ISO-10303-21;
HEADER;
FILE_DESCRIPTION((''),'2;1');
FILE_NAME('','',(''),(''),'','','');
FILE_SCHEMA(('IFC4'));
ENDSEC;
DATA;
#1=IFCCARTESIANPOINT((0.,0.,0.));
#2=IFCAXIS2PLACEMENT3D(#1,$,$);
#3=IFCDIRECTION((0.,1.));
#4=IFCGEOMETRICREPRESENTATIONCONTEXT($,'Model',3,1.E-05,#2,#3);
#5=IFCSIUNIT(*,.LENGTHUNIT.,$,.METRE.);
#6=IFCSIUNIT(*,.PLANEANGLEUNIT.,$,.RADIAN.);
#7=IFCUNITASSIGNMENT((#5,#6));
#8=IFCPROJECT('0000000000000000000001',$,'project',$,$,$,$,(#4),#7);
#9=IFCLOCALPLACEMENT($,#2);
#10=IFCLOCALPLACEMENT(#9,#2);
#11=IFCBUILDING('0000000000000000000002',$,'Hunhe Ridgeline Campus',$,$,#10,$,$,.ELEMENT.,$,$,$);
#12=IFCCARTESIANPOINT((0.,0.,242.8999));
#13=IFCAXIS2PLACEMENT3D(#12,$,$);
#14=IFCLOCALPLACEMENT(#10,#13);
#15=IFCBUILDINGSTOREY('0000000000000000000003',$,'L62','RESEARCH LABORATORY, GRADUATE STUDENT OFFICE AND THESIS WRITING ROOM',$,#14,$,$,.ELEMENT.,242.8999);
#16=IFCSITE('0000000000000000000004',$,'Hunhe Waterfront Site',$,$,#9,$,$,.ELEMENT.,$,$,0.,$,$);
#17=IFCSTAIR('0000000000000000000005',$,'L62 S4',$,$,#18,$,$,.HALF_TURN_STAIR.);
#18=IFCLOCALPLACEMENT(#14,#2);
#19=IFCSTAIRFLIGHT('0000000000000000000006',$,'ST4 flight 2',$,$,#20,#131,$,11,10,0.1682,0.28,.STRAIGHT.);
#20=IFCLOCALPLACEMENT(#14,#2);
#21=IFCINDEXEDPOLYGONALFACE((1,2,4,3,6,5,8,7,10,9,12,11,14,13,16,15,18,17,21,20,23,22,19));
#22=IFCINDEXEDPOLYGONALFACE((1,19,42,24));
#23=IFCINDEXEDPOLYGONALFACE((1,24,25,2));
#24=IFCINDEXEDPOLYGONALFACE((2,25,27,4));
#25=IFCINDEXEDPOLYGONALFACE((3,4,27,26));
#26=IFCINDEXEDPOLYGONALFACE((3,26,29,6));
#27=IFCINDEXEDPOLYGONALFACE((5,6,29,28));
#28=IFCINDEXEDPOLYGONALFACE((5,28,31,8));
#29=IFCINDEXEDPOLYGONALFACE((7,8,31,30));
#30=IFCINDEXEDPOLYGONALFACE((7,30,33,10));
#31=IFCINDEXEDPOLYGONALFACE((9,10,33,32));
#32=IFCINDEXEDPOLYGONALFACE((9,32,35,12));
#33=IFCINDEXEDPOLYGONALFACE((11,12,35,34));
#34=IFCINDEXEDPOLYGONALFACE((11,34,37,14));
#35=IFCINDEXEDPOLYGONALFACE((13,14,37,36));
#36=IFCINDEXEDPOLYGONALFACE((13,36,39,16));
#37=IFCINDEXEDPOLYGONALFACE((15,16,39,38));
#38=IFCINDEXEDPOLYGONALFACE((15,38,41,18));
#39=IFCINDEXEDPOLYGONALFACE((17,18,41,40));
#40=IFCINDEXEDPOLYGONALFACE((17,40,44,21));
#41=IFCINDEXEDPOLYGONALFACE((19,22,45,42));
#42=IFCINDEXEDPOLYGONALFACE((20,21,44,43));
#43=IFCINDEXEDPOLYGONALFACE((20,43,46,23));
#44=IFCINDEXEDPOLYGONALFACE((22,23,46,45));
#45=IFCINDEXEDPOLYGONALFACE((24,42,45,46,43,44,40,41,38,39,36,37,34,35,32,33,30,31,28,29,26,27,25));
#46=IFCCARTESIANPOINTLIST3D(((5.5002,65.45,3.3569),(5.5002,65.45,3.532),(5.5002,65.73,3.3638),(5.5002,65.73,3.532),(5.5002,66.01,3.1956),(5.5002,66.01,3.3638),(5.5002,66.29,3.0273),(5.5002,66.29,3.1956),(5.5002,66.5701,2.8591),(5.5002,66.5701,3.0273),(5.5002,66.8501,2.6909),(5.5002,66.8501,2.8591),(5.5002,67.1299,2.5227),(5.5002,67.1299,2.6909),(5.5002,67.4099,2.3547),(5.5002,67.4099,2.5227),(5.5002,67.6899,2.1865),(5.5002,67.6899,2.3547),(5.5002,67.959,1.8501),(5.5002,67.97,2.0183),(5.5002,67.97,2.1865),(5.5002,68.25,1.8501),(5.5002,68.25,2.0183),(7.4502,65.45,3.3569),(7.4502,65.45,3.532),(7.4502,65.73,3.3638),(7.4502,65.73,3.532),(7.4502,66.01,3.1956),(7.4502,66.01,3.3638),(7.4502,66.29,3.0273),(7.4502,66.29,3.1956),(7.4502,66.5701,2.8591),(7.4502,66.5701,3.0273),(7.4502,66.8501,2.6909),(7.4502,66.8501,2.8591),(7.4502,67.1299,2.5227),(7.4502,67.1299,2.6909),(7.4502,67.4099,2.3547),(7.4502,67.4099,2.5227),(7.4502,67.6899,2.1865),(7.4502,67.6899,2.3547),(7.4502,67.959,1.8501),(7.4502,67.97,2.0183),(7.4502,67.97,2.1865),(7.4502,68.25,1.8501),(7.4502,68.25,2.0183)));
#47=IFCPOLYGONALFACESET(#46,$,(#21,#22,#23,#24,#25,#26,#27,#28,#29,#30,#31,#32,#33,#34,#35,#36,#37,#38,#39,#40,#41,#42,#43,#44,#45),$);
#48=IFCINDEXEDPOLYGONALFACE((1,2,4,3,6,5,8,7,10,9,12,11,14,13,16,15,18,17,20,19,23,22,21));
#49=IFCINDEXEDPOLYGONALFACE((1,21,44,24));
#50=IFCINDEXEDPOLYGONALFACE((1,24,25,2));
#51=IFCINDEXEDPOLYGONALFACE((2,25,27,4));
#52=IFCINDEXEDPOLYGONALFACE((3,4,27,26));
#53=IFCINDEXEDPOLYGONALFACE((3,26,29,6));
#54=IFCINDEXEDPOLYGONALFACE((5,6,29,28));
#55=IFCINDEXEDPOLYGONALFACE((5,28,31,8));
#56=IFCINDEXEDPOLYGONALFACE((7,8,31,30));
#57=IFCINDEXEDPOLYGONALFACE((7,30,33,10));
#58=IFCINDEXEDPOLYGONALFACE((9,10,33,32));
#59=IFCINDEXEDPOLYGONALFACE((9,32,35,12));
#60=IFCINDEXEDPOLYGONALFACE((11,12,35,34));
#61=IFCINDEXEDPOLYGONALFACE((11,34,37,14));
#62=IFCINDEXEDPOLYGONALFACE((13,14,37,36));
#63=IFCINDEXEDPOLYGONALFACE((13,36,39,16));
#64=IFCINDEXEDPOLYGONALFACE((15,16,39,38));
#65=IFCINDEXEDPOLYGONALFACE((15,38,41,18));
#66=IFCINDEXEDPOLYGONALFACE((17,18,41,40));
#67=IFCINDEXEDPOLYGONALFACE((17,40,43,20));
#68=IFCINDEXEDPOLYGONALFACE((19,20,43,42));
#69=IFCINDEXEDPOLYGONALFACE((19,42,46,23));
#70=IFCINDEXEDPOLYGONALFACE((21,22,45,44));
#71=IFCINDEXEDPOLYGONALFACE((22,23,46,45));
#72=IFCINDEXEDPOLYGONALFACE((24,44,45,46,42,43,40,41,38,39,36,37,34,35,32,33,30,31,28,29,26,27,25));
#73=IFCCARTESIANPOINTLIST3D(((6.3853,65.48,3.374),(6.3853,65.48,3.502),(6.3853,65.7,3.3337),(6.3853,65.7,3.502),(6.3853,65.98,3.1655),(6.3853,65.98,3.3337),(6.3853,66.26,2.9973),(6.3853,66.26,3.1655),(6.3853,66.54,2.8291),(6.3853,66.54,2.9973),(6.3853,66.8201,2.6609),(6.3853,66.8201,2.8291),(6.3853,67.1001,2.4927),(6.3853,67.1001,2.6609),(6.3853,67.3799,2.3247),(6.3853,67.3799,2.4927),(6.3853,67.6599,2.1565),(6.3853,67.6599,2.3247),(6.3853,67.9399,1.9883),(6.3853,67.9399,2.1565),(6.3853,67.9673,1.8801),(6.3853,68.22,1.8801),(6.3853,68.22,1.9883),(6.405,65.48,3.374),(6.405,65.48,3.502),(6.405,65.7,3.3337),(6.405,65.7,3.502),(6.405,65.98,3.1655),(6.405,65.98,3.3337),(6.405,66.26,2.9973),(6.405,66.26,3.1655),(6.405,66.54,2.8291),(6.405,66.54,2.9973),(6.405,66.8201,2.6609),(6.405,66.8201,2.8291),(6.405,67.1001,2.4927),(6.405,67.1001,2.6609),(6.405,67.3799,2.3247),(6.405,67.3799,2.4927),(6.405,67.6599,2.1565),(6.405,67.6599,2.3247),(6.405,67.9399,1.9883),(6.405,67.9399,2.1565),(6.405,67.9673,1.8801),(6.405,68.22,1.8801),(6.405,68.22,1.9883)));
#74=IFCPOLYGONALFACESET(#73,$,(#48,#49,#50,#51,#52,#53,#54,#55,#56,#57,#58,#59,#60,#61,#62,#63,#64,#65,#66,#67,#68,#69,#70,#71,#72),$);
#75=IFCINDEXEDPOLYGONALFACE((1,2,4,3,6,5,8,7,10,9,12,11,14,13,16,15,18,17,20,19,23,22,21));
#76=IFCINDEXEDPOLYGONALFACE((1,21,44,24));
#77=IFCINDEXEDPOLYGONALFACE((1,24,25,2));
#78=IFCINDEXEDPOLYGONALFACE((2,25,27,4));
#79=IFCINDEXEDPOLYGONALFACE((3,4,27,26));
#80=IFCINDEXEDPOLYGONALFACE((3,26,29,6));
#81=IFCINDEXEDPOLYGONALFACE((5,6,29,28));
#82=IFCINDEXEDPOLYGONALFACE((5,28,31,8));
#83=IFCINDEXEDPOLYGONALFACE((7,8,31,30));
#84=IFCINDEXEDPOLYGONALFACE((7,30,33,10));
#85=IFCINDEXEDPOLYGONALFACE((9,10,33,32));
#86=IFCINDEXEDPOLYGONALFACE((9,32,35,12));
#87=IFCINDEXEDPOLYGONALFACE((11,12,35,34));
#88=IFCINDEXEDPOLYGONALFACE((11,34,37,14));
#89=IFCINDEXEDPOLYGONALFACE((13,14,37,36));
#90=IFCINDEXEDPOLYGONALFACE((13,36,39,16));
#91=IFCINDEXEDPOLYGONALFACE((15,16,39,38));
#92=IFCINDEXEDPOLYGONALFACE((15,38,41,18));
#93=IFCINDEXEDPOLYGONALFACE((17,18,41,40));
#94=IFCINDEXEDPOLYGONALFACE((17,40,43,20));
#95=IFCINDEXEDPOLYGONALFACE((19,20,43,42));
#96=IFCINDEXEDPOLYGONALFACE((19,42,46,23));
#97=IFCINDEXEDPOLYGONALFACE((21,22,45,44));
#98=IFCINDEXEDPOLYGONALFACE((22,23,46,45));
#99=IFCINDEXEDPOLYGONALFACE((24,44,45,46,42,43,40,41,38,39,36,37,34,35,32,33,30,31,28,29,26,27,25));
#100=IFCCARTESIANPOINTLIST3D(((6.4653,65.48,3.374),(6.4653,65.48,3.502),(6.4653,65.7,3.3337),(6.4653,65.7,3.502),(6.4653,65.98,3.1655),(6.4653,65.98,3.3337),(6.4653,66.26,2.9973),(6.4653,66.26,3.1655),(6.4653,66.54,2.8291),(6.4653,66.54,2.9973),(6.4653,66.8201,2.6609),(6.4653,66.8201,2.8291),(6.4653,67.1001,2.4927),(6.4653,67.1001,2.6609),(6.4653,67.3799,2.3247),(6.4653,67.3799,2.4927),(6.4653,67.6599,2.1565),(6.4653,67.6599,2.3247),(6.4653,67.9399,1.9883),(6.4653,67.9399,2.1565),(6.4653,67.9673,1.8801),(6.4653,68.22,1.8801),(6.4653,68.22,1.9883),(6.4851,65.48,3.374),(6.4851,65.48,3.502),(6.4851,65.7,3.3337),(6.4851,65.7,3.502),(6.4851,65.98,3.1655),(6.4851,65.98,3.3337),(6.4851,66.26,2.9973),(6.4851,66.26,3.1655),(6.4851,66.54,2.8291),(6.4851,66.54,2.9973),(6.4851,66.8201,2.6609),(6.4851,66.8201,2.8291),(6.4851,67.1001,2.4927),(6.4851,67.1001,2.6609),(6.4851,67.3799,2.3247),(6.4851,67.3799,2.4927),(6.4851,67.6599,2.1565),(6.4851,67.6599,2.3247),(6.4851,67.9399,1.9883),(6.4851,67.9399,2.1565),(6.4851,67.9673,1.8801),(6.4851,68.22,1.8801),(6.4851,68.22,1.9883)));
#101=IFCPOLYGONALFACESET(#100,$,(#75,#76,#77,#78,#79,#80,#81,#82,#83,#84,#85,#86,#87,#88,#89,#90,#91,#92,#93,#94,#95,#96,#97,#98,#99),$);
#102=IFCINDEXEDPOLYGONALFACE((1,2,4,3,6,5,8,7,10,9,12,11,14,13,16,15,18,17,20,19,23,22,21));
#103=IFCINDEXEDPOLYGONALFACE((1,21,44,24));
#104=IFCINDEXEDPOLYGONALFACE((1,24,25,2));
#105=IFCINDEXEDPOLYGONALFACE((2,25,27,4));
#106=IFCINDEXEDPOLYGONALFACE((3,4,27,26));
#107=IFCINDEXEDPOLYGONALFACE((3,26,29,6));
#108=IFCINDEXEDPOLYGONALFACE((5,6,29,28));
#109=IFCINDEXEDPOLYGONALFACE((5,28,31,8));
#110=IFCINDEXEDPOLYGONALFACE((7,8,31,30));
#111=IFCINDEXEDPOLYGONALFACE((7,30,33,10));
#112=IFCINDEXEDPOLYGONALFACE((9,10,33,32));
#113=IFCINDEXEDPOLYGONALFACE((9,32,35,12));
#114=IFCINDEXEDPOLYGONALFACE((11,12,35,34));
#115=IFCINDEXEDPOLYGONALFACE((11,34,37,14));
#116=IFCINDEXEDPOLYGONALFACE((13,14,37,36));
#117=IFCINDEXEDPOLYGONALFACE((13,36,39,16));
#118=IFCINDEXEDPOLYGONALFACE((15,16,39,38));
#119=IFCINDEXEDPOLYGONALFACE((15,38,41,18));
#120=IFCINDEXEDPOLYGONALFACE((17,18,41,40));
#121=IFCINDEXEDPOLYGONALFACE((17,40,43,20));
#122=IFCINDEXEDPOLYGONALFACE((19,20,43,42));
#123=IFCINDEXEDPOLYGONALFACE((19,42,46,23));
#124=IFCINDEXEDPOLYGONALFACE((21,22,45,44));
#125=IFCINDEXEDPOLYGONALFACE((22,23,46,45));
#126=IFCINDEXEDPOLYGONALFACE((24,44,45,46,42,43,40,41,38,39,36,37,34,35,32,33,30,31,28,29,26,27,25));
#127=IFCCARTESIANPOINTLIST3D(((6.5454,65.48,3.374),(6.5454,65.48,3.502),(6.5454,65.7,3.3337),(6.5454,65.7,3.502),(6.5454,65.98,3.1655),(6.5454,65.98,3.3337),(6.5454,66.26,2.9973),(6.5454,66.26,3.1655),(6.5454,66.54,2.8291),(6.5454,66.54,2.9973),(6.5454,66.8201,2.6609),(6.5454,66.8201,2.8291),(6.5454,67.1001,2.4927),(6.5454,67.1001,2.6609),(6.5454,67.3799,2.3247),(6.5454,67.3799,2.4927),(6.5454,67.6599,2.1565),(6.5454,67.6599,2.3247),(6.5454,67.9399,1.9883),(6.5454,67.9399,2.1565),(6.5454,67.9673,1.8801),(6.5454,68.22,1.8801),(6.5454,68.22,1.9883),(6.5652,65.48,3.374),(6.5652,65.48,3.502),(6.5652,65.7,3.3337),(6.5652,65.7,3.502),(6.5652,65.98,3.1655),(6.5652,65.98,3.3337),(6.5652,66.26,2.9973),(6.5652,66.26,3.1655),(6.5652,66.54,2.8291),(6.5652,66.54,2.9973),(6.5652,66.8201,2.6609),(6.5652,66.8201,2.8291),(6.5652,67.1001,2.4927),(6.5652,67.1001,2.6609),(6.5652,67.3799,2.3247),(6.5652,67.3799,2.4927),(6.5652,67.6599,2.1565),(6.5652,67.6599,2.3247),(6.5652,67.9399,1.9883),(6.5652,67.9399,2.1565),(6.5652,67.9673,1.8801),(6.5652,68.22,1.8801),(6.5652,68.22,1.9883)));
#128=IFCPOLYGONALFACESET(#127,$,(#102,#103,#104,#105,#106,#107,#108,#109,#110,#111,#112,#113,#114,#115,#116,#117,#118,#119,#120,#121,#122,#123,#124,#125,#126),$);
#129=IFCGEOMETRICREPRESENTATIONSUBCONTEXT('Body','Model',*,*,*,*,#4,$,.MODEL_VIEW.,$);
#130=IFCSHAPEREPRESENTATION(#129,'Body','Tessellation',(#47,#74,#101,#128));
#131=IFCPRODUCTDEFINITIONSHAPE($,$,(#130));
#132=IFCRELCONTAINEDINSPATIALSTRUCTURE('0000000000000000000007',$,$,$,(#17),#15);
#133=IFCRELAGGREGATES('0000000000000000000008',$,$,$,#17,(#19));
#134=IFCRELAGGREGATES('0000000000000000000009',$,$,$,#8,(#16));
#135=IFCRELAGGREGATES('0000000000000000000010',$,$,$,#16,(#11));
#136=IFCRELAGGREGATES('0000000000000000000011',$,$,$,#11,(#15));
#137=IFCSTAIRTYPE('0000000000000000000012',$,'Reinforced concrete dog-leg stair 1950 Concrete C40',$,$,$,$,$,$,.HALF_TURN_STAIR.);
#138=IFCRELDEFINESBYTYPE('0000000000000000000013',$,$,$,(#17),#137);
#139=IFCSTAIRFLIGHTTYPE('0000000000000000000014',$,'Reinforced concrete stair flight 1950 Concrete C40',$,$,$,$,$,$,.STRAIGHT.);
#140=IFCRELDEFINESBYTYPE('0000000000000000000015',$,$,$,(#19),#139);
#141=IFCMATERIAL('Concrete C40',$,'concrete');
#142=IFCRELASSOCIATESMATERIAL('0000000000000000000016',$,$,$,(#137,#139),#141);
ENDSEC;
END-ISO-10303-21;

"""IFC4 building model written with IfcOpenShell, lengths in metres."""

from ifc_helpers import new_model, si_unit, direction, frame, origin, place, context, subcontext, project, spatial, polyline, outline, extrude, material, type_object, element, aggregate, save


model = new_model("IFC4")

# Units and contexts
model_context = context("Model", 3, precision=1e-05, world=origin(), true_north=direction((0.0, 1.0)))
body_context = subcontext(model_context, "Body", "Model", "MODEL_VIEW")
ifc_project = project(units=[si_unit("LENGTHUNIT", "METRE"), si_unit("PLANEANGLEUNIT", "RADIAN")], contexts=[model_context])

# Site, building, storey
site_placement = place(None, origin())
site = spatial("IfcSite", under=ifc_project, at=site_placement, Name="Hunhe Waterfront Site", CompositionType="ELEMENT", RefElevation=0.0)
building_placement = place(site_placement, origin())
building = spatial("IfcBuilding", under=site, at=building_placement, Name="Hunhe Ridgeline Campus", CompositionType="ELEMENT")
storey_placement = place(building_placement, frame((0.0, 0.0, 242.8999)))
storey = spatial("IfcBuildingStorey", under=building, at=storey_placement, Name="L62", Description="RESEARCH LABORATORY, GRADUATE STUDENT OFFICE AND THESIS WRITING ROOM", CompositionType="ELEMENT", Elevation=242.8999)

# Stair, stair flight
ifc_material_1 = material(Name="Concrete C40", Category="concrete")
stair_type = type_object("IfcStairType", Name="Reinforced concrete dog-leg stair 1950 Concrete C40", PredefinedType="HALF_TURN_STAIR", material=ifc_material_1)
stair_flight_type = type_object("IfcStairFlightType", Name="Reinforced concrete stair flight 1950 Concrete C40", PredefinedType="STRAIGHT", material=ifc_material_1)
stair_1_placement = place(storey_placement, origin())
stair_1 = element("IfcStair", 1, at=stair_1_placement, inside=storey, type_object=stair_type, Name="L62 S4", PredefinedType="HALF_TURN_STAIR")
stair_flight_1_placement = place(storey_placement, frame((6.4751, 68.25, 1.8501), z_axis=(0.0, 0.0, 1.0), x_axis=(0.0, -1.0, 0.0)))
stair_flight_1 = element("IfcStairFlight", 2, at=stair_flight_1_placement, type_object=stair_flight_type, Name="ST4 flight 2", NumberOfRisers=11, NumberOfTreads=10, PredefinedType="STRAIGHT", RiserHeight=0.1682, TreadLength=0.28, context=body_context, shape_type="SweptSolid", body=[
    extrude(outline(polyline([(0.0, 0.0), (0.0, 0.1682), (0.28, 0.1682), (0.28, 0.3364), (0.5601, 0.3364), (0.5601, 0.5046), (0.8401, 0.5046), (0.8401, 0.6726), (1.1201, 0.6726), (1.1201, 0.8408), (1.3999, 0.8408), (1.3999, 1.009), (1.6799, 1.009), (1.6799, 1.1772), (1.96, 1.1772), (1.96, 1.3455), (2.24, 1.3455), (2.24, 1.5137), (2.52, 1.5137), (2.52, 1.6819), (2.8, 1.6819), (2.8, 1.8501), (2.8, 1.5068), (0.291, 0.0), (0.0, 0.0)])), frame((0.0, 0.9751, 0.0), z_axis=(0.0, -1.0, 0.0), x_axis=(1.0, 0.0, 0.0)), (0.0, 0.0, 1.0), 1.95),
    extrude(outline(polyline([(0.03, 0.03), (0.03, 0.1382), (0.3101, 0.1382), (0.3101, 0.3064), (0.5901, 0.3064), (0.5901, 0.4746), (0.8701, 0.4746), (0.8701, 0.6426), (1.1499, 0.6426), (1.1499, 0.8108), (1.4299, 0.8108), (1.4299, 0.979), (1.71, 0.979), (1.71, 1.1472), (1.99, 1.1472), (1.99, 1.3154), (2.27, 1.3154), (2.27, 1.4836), (2.55, 1.4836), (2.55, 1.6519), (2.77, 1.6519), (2.77, 1.5239), (0.2827, 0.03), (0.03, 0.03)])), frame((0.0, -0.0701, 0.0), z_axis=(0.0, -1.0, 0.0), x_axis=(1.0, 0.0, 0.0)), (0.0, 0.0, 1.0), 0.0198),
    extrude(outline(polyline([(0.03, 0.03), (0.03, 0.1382), (0.3101, 0.1382), (0.3101, 0.3064), (0.5901, 0.3064), (0.5901, 0.4746), (0.8701, 0.4746), (0.8701, 0.6426), (1.1499, 0.6426), (1.1499, 0.8108), (1.4299, 0.8108), (1.4299, 0.979), (1.71, 0.979), (1.71, 1.1472), (1.99, 1.1472), (1.99, 1.3154), (2.27, 1.3154), (2.27, 1.4836), (2.55, 1.4836), (2.55, 1.6519), (2.77, 1.6519), (2.77, 1.5239), (0.2827, 0.03), (0.03, 0.03)])), frame((0.0, 0.01, 0.0), z_axis=(0.0, -1.0, 0.0), x_axis=(1.0, 0.0, 0.0)), (0.0, 0.0, 1.0), 0.0198),
    extrude(outline(polyline([(0.03, 0.03), (0.03, 0.1382), (0.3101, 0.1382), (0.3101, 0.3064), (0.5901, 0.3064), (0.5901, 0.4746), (0.8701, 0.4746), (0.8701, 0.6426), (1.1499, 0.6426), (1.1499, 0.8108), (1.4299, 0.8108), (1.4299, 0.979), (1.71, 0.979), (1.71, 1.1472), (1.99, 1.1472), (1.99, 1.3154), (2.27, 1.3154), (2.27, 1.4836), (2.55, 1.4836), (2.55, 1.6519), (2.77, 1.6519), (2.77, 1.5239), (0.2827, 0.03), (0.03, 0.03)])), frame((0.0, 0.0901, 0.0), z_axis=(0.0, -1.0, 0.0), x_axis=(1.0, 0.0, 0.0)), (0.0, 0.0, 1.0), 0.0198),
])
aggregate(stair_1, [stair_flight_1])

save(model, "model.ifc")
